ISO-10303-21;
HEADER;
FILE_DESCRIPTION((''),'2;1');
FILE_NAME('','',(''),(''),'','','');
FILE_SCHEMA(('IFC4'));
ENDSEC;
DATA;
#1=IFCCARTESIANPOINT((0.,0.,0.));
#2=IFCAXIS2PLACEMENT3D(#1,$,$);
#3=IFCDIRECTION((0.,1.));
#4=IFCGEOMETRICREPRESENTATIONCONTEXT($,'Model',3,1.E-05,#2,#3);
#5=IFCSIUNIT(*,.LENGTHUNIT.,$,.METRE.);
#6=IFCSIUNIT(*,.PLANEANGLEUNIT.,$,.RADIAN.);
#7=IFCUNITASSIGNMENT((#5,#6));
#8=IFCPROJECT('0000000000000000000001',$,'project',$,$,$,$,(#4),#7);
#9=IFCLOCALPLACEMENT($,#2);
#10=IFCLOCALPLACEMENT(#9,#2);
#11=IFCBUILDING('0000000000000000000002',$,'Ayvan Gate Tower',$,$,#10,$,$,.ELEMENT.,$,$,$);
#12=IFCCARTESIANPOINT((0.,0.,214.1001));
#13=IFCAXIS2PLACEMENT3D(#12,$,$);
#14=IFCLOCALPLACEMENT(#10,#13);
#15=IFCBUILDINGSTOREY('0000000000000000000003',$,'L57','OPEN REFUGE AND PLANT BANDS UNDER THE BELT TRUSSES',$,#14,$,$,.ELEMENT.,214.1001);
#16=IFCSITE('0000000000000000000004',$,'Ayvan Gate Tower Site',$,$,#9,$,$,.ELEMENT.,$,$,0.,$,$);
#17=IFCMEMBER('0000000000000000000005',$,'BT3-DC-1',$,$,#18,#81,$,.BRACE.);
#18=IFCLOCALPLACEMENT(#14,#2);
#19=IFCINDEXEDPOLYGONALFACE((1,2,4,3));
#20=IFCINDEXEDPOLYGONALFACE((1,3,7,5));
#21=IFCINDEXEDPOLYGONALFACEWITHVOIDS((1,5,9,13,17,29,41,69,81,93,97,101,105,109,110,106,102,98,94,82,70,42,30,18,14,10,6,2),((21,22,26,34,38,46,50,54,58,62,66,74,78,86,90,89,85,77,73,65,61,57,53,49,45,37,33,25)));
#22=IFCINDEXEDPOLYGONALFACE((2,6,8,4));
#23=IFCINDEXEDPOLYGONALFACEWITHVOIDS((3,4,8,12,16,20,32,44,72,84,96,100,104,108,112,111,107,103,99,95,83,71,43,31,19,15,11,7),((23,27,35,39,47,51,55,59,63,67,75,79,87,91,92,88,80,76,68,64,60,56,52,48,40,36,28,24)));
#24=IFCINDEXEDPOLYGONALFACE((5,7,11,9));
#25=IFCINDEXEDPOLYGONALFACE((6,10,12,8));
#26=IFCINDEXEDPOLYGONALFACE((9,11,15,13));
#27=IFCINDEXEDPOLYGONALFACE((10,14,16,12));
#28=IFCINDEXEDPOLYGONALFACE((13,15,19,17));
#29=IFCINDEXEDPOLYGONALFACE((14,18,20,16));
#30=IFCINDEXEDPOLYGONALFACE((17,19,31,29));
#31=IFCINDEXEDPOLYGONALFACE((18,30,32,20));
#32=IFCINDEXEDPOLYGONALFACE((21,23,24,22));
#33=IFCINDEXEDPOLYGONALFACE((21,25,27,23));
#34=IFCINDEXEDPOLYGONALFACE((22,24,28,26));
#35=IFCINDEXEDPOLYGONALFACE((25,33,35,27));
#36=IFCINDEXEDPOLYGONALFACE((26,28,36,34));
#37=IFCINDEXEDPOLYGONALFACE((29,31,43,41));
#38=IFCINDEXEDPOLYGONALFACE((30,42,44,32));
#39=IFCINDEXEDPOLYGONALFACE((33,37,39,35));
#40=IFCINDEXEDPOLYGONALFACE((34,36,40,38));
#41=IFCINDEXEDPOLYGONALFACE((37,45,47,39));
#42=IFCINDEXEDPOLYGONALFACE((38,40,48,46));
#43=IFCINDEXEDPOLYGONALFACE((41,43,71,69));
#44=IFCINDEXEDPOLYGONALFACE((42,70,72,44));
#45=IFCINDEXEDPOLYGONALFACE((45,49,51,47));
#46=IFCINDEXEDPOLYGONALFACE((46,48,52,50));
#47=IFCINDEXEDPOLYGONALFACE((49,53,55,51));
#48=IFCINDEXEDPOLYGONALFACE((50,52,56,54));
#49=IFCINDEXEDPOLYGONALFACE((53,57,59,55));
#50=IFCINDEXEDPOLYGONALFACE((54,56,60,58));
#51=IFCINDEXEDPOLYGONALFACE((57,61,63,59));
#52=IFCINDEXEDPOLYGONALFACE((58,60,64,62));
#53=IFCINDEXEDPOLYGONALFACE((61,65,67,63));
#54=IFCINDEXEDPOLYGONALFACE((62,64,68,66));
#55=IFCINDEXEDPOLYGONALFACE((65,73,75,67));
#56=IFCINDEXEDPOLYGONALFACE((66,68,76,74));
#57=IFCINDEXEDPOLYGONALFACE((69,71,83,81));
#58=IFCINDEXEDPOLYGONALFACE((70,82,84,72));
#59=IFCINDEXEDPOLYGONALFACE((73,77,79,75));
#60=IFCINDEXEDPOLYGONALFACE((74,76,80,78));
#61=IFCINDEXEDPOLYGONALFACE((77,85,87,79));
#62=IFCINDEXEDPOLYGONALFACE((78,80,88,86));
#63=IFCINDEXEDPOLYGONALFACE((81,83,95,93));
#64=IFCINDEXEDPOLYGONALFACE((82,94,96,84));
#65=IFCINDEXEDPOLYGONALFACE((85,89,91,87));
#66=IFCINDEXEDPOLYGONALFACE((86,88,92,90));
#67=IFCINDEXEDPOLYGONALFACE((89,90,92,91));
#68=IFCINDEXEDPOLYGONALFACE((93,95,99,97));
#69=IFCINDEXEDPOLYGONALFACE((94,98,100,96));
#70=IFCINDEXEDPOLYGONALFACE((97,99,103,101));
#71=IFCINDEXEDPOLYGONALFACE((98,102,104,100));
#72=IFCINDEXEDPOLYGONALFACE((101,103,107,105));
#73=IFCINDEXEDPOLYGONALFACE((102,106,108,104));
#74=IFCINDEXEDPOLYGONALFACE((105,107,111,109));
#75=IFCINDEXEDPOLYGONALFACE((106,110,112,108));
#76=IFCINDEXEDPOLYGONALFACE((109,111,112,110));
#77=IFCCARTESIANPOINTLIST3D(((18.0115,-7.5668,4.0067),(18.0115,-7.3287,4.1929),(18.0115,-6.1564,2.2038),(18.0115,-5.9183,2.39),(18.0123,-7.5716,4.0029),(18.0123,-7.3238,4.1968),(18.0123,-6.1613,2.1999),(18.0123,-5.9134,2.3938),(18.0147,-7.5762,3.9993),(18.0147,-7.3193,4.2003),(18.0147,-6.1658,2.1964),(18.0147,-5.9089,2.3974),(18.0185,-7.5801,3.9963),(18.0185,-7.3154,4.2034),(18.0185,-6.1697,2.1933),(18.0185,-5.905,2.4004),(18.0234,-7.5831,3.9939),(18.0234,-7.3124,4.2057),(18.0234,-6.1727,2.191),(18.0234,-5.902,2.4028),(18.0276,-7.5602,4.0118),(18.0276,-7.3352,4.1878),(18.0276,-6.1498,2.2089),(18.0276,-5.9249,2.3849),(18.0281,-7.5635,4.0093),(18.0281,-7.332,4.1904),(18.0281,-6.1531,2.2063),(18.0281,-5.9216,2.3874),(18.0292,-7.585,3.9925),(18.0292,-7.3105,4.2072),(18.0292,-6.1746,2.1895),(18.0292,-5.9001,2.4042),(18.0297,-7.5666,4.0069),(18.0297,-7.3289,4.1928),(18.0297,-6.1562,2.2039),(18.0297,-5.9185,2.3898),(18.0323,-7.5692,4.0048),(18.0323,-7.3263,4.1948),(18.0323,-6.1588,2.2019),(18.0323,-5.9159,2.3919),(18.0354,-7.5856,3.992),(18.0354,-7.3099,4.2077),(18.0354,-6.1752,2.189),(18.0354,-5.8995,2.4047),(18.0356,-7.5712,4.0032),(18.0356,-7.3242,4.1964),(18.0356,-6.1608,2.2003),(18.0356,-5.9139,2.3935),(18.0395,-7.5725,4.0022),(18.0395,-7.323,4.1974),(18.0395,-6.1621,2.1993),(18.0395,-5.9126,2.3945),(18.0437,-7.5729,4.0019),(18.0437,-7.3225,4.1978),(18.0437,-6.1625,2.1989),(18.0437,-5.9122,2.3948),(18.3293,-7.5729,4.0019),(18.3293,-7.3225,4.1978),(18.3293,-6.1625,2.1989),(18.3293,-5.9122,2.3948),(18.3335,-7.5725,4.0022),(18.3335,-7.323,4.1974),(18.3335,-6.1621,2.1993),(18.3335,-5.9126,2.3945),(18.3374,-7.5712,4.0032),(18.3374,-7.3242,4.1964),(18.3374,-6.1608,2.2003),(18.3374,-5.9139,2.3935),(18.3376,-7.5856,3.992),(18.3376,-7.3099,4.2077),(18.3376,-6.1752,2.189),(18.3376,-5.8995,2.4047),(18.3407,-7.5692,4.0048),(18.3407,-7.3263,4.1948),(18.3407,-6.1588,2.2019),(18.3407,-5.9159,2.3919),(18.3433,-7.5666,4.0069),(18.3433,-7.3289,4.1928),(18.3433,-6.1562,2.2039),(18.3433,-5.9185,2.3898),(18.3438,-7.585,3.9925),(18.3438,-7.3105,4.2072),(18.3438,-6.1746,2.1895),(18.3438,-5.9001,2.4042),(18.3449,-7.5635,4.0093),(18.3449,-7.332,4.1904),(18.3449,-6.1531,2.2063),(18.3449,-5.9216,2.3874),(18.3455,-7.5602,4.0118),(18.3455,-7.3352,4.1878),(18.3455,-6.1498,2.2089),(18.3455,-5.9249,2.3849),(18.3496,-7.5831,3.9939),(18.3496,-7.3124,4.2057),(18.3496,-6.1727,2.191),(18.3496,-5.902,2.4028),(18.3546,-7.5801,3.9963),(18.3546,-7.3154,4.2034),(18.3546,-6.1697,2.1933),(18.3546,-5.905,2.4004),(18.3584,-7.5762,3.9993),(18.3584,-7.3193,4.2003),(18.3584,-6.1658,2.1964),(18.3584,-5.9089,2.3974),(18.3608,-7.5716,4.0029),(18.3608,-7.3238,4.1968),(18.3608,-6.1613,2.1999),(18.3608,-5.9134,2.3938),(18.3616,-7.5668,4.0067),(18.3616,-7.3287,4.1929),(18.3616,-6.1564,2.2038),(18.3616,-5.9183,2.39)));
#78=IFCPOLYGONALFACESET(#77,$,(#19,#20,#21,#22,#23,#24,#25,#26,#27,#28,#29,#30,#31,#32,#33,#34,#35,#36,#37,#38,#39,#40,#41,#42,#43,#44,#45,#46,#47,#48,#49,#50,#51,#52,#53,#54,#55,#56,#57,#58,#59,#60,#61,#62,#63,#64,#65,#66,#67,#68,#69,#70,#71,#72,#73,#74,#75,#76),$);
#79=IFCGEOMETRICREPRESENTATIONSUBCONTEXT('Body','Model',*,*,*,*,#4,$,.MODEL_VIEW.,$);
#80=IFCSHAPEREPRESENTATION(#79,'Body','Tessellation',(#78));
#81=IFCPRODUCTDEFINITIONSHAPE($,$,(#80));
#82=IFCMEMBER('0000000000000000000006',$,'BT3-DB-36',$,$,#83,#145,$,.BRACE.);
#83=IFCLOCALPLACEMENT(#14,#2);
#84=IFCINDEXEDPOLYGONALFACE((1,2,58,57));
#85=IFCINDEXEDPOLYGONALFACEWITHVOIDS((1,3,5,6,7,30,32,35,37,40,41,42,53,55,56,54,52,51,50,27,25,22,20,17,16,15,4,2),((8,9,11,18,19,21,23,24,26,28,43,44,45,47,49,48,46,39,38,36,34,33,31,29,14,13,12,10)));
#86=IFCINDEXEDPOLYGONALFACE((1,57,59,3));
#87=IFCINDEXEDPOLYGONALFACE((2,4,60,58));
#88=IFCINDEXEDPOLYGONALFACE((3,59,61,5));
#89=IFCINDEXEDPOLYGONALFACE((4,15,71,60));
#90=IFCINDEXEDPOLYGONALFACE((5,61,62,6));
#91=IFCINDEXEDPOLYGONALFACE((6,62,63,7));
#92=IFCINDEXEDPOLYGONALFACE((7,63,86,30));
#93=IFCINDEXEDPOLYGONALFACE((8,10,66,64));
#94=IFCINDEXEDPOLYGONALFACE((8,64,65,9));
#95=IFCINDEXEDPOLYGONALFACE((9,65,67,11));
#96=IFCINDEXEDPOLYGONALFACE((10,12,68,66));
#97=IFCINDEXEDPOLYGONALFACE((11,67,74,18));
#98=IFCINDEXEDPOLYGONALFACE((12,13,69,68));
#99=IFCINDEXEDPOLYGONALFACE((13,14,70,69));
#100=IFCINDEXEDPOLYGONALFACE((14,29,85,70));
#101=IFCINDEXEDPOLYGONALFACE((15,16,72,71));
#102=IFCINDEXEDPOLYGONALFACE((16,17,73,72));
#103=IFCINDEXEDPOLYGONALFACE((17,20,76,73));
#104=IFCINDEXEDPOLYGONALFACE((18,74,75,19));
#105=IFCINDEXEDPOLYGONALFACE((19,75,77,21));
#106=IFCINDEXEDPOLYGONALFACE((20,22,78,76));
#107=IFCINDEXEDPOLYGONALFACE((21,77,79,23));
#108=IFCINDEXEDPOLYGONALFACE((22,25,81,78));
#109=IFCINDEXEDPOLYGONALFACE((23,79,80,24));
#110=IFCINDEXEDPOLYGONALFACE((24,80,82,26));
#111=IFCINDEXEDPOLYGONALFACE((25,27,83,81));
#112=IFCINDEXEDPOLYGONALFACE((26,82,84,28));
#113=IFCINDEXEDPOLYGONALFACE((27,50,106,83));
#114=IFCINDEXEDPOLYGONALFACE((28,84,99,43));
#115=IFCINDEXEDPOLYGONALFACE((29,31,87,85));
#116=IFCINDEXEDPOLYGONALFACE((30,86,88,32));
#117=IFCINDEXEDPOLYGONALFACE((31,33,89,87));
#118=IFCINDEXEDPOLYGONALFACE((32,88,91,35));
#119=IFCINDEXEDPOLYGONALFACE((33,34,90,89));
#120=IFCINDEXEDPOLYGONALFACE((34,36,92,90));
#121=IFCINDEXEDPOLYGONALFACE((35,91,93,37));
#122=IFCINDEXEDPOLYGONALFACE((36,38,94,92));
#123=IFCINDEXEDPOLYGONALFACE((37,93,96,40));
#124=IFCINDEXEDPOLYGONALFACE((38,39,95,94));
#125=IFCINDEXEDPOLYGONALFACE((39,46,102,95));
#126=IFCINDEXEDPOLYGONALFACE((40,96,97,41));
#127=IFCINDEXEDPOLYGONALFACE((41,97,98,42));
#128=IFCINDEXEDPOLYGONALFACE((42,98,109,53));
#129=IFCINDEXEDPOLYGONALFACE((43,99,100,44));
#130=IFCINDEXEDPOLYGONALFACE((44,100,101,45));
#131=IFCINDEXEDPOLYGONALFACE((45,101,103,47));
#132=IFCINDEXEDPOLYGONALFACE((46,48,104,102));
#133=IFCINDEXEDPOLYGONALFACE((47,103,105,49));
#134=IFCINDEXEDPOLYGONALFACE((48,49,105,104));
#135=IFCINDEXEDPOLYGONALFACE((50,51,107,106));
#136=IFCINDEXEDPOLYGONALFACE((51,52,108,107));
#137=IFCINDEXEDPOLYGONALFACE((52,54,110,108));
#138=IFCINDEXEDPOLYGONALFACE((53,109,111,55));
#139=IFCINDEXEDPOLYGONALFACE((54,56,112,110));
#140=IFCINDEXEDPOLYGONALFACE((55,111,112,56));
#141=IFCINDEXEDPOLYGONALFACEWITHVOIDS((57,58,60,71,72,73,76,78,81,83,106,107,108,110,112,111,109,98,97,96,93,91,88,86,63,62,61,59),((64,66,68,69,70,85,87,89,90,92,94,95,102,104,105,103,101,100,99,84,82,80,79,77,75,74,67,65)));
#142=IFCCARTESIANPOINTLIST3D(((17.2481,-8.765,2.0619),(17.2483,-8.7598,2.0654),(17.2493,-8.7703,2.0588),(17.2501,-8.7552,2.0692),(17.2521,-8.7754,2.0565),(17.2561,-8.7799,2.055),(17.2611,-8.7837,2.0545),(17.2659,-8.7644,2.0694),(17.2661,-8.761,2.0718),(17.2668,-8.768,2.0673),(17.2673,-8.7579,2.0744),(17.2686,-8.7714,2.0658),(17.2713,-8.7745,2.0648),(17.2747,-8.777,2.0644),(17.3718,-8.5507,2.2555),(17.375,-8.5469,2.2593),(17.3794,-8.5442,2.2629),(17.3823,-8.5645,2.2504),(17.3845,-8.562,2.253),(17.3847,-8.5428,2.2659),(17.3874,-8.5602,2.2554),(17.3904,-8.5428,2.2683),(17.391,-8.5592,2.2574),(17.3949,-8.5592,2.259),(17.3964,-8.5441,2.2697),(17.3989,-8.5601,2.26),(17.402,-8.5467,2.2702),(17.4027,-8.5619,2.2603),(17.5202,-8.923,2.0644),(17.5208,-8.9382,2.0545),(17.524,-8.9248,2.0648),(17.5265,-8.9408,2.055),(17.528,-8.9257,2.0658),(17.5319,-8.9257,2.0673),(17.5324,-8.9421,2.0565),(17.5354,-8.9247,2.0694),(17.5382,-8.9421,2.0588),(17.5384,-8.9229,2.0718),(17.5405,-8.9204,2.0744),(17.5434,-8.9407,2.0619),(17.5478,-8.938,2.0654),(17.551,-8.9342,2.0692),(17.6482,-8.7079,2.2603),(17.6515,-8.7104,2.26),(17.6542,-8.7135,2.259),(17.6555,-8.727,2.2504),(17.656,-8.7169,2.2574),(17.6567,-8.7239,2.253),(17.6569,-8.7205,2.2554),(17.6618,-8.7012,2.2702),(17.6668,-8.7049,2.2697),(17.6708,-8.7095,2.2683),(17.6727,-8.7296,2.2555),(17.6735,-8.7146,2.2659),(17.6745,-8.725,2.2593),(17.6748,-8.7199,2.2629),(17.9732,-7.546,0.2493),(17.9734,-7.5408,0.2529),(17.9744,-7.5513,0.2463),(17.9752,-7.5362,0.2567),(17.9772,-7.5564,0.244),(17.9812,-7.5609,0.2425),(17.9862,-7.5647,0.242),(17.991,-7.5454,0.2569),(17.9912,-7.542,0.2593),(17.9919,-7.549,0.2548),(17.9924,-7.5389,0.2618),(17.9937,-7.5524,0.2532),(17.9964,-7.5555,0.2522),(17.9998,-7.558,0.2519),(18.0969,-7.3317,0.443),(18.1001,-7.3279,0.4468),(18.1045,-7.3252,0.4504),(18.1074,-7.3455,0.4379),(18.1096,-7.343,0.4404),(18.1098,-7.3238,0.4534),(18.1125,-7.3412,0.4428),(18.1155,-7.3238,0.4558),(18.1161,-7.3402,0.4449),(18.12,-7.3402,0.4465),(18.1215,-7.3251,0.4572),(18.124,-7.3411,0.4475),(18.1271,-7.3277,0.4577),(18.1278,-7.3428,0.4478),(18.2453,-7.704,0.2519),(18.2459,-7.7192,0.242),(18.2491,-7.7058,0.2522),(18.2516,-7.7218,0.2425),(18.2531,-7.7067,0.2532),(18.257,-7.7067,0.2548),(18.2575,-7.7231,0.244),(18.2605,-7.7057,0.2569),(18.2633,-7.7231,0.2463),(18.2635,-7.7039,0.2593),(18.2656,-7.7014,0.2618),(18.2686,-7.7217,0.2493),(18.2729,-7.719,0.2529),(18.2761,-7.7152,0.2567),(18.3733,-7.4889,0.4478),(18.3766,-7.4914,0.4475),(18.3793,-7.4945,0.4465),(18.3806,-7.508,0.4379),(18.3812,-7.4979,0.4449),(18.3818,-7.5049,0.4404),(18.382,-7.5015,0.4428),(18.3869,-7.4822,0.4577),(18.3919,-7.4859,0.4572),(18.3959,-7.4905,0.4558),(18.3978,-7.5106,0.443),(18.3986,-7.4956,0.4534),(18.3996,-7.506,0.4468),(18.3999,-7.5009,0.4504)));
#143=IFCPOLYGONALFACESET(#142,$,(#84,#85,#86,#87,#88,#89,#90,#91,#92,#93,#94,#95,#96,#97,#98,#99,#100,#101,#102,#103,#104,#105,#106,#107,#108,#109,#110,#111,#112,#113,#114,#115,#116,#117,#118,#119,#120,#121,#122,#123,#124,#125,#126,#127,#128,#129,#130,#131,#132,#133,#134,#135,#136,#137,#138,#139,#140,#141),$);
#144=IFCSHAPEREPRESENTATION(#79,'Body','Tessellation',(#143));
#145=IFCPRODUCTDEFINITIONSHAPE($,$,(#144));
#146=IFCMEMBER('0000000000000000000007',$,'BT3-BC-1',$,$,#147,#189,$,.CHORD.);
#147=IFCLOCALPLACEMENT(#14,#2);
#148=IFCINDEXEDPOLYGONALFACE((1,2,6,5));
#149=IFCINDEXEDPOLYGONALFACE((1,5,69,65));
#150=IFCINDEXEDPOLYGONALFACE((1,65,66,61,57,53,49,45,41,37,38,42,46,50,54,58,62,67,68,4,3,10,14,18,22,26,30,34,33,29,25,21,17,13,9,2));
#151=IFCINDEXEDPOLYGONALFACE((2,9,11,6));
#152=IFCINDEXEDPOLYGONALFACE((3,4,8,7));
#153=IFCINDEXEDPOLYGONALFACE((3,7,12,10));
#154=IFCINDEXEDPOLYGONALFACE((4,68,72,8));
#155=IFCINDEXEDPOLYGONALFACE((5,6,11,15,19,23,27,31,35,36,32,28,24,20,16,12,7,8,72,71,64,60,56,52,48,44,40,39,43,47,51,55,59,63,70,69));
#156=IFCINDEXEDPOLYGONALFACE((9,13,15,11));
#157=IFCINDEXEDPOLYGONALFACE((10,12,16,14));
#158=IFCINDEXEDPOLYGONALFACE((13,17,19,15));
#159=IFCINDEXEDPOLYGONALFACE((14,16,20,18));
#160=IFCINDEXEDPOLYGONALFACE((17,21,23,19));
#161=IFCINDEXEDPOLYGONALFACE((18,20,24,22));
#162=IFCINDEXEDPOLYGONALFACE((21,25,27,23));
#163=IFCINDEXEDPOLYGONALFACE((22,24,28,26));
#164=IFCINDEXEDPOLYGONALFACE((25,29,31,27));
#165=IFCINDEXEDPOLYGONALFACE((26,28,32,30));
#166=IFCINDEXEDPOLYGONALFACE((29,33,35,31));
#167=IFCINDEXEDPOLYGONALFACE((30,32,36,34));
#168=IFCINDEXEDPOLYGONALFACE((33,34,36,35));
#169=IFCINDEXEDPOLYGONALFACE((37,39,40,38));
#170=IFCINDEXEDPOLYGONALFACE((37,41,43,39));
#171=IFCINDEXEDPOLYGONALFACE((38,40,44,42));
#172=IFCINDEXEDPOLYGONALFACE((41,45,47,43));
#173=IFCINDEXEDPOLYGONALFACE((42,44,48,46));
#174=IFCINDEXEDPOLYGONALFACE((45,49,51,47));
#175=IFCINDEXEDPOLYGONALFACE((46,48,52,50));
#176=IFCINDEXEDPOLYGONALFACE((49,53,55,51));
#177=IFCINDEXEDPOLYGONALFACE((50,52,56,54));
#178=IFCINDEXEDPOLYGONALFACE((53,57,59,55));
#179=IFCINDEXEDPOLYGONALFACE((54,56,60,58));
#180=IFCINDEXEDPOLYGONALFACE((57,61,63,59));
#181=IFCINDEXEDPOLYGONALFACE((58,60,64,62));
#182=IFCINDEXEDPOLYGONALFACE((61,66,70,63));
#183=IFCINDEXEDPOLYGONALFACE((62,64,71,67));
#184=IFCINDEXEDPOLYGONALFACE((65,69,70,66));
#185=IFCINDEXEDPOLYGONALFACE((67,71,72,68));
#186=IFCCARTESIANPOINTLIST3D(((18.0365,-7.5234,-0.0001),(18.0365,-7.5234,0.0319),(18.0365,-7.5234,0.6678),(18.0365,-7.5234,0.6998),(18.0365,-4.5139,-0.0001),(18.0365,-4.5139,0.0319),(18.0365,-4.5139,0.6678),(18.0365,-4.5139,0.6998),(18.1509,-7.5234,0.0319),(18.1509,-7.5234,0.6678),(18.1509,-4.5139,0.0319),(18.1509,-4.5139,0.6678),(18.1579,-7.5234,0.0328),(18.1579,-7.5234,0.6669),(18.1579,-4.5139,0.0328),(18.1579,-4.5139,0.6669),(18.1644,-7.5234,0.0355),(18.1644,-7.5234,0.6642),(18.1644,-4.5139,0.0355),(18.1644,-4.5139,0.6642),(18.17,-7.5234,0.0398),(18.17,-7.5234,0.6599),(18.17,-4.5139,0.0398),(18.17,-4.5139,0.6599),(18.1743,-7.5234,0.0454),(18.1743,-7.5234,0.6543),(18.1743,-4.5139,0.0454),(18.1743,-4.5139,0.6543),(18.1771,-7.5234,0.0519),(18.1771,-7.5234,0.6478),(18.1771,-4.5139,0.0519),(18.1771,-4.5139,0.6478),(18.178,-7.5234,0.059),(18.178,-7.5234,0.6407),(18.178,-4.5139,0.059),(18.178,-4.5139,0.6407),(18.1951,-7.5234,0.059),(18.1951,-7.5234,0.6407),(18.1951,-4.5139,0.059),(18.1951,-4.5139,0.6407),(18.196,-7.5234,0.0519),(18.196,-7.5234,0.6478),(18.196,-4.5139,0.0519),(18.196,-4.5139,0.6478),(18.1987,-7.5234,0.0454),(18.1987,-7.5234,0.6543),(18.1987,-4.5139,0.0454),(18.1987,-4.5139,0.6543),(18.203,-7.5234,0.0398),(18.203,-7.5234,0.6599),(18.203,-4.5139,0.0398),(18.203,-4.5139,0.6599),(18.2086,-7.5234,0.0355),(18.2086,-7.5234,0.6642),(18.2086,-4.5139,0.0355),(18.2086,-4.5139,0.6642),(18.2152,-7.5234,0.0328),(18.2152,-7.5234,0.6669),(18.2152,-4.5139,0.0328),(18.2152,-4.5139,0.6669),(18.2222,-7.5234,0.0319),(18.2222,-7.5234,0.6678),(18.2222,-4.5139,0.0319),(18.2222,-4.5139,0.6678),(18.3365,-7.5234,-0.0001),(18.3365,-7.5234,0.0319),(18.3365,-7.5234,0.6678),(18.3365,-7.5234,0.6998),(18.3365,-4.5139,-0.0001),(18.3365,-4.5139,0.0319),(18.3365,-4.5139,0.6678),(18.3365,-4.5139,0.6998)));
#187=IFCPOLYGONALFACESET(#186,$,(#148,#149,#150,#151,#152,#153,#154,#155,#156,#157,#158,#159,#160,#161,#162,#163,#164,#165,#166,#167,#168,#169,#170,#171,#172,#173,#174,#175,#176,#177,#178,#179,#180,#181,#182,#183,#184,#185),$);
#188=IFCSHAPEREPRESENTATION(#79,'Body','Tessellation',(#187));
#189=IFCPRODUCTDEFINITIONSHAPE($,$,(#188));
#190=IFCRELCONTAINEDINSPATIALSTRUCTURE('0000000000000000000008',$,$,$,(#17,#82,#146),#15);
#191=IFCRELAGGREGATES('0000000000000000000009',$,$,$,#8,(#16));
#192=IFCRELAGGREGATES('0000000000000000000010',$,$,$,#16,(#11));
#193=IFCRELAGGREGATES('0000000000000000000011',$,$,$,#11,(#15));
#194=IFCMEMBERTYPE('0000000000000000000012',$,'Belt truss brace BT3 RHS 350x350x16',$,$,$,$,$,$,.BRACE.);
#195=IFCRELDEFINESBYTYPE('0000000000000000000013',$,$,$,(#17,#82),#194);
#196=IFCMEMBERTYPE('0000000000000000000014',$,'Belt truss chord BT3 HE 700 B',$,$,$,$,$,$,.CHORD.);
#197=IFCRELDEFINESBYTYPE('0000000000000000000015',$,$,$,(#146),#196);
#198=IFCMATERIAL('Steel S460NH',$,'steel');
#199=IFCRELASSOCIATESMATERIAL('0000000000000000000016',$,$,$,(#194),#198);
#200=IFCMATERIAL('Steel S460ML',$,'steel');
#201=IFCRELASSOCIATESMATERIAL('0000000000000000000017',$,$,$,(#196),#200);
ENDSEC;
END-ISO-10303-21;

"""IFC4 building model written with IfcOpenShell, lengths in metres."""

from ifc_helpers import new_model, si_unit, direction, frame, origin, origin_2d, place, context, subcontext, project, spatial, hollow_rectangle, i_section, extrude, material, material_profile, profile_set, type_object, element, save


model = new_model("IFC4")

# Units and contexts
model_context = context("Model", 3, precision=1e-05, world=origin(), true_north=direction((0.0, 1.0)))
body_context = subcontext(model_context, "Body", "Model", "MODEL_VIEW")
ifc_project = project(units=[si_unit("LENGTHUNIT", "METRE"), si_unit("PLANEANGLEUNIT", "RADIAN")], contexts=[model_context])

# Site, building, storey
site_placement = place(None, origin())
site = spatial("IfcSite", under=ifc_project, at=site_placement, Name="Ayvan Gate Tower Site", CompositionType="ELEMENT", RefElevation=0.0)
building_placement = place(site_placement, origin())
building = spatial("IfcBuilding", under=site, at=building_placement, Name="Ayvan Gate Tower", CompositionType="ELEMENT")
storey_placement = place(building_placement, frame((0.0, 0.0, 214.1001)))
storey = spatial("IfcBuildingStorey", under=building, at=storey_placement, Name="L57", Description="OPEN REFUGE AND PLANT BANDS UNDER THE BELT TRUSSES", CompositionType="ELEMENT", Elevation=214.1001)

# Members
ifc_material_1 = material(Name="Steel S460NH", Category="steel")
ifc_material_profile_1 = material_profile(ifc_material_1, hollow_rectangle(XDim=0.3501, YDim=0.3501, WallThickness=0.0161, InnerFilletRadius=0.0161, OuterFilletRadius=0.0239, at=origin_2d()), Name="RHS 350x350x16")
ifc_profile_set_1 = profile_set([ifc_material_profile_1], Name="Steel S460NH")
member_type_1 = type_object("IfcMemberType", Name="Belt truss brace BT3 RHS 350x350x16", PredefinedType="BRACE", material=ifc_profile_set_1)
member_1_placement = place(storey_placement, frame((18.1865, -6.0374, 2.2969), z_axis=(0.0, -0.616139, 0.787638), x_axis=(1.0, 0.0, 0.0)))
element("IfcMember", 1, at=member_1_placement, inside=storey, type_object=member_type_1, Name="BT3-DC-1", PredefinedType="BRACE", context=body_context, shape_type="SweptSolid", body=[
    extrude(hollow_rectangle(XDim=0.3501, YDim=0.3501, WallThickness=0.0161, InnerFilletRadius=0.0161, OuterFilletRadius=0.0239, at=origin_2d()), origin(), (0.0, 0.0, 1.0), 2.2891),
])
member_2_placement = place(storey_placement, frame((18.1865, -7.5234, 0.3499), z_axis=(-0.315055, -0.529654, 0.787532), x_axis=(0.859446, -0.511227, 0.0)))
element("IfcMember", 2, at=member_2_placement, inside=storey, type_object=member_type_1, Name="BT3-DB-36", PredefinedType="BRACE", context=body_context, shape_type="SweptSolid", body=[
    extrude(hollow_rectangle(XDim=0.3501, YDim=0.3501, WallThickness=0.0161, InnerFilletRadius=0.0161, OuterFilletRadius=0.0239, at=origin_2d()), origin(), (0.0, 0.0, 1.0), 2.3015),
])
ifc_material_2 = material(Name="Steel S460ML", Category="steel")
ifc_material_profile_2 = material_profile(ifc_material_2, i_section(OverallWidth=0.3, OverallDepth=0.7, WebThickness=0.0171, FlangeThickness=0.032, FilletRadius=0.0271, at=origin_2d()), Name="HE 700 B")
ifc_profile_set_2 = profile_set([ifc_material_profile_2], Name="Steel S460ML")
member_type_2 = type_object("IfcMemberType", Name="Belt truss chord BT3 HE 700 B", PredefinedType="CHORD", material=ifc_profile_set_2)
member_3_placement = place(storey_placement, frame((18.1865, -7.5234, 0.3499), z_axis=(0.0, 1.0, 0.0), x_axis=(-1.0, 0.0, 0.0)))
element("IfcMember", 3, at=member_3_placement, inside=storey, type_object=member_type_2, Name="BT3-BC-1", PredefinedType="CHORD", context=body_context, shape_type="SweptSolid", body=[
    extrude(i_section(OverallWidth=0.3, OverallDepth=0.7, WebThickness=0.0171, FlangeThickness=0.032, FilletRadius=0.0271, at=origin_2d()), origin(), (0.0, 0.0, 1.0), 3.0095),
])

save(model, "model.ifc")
